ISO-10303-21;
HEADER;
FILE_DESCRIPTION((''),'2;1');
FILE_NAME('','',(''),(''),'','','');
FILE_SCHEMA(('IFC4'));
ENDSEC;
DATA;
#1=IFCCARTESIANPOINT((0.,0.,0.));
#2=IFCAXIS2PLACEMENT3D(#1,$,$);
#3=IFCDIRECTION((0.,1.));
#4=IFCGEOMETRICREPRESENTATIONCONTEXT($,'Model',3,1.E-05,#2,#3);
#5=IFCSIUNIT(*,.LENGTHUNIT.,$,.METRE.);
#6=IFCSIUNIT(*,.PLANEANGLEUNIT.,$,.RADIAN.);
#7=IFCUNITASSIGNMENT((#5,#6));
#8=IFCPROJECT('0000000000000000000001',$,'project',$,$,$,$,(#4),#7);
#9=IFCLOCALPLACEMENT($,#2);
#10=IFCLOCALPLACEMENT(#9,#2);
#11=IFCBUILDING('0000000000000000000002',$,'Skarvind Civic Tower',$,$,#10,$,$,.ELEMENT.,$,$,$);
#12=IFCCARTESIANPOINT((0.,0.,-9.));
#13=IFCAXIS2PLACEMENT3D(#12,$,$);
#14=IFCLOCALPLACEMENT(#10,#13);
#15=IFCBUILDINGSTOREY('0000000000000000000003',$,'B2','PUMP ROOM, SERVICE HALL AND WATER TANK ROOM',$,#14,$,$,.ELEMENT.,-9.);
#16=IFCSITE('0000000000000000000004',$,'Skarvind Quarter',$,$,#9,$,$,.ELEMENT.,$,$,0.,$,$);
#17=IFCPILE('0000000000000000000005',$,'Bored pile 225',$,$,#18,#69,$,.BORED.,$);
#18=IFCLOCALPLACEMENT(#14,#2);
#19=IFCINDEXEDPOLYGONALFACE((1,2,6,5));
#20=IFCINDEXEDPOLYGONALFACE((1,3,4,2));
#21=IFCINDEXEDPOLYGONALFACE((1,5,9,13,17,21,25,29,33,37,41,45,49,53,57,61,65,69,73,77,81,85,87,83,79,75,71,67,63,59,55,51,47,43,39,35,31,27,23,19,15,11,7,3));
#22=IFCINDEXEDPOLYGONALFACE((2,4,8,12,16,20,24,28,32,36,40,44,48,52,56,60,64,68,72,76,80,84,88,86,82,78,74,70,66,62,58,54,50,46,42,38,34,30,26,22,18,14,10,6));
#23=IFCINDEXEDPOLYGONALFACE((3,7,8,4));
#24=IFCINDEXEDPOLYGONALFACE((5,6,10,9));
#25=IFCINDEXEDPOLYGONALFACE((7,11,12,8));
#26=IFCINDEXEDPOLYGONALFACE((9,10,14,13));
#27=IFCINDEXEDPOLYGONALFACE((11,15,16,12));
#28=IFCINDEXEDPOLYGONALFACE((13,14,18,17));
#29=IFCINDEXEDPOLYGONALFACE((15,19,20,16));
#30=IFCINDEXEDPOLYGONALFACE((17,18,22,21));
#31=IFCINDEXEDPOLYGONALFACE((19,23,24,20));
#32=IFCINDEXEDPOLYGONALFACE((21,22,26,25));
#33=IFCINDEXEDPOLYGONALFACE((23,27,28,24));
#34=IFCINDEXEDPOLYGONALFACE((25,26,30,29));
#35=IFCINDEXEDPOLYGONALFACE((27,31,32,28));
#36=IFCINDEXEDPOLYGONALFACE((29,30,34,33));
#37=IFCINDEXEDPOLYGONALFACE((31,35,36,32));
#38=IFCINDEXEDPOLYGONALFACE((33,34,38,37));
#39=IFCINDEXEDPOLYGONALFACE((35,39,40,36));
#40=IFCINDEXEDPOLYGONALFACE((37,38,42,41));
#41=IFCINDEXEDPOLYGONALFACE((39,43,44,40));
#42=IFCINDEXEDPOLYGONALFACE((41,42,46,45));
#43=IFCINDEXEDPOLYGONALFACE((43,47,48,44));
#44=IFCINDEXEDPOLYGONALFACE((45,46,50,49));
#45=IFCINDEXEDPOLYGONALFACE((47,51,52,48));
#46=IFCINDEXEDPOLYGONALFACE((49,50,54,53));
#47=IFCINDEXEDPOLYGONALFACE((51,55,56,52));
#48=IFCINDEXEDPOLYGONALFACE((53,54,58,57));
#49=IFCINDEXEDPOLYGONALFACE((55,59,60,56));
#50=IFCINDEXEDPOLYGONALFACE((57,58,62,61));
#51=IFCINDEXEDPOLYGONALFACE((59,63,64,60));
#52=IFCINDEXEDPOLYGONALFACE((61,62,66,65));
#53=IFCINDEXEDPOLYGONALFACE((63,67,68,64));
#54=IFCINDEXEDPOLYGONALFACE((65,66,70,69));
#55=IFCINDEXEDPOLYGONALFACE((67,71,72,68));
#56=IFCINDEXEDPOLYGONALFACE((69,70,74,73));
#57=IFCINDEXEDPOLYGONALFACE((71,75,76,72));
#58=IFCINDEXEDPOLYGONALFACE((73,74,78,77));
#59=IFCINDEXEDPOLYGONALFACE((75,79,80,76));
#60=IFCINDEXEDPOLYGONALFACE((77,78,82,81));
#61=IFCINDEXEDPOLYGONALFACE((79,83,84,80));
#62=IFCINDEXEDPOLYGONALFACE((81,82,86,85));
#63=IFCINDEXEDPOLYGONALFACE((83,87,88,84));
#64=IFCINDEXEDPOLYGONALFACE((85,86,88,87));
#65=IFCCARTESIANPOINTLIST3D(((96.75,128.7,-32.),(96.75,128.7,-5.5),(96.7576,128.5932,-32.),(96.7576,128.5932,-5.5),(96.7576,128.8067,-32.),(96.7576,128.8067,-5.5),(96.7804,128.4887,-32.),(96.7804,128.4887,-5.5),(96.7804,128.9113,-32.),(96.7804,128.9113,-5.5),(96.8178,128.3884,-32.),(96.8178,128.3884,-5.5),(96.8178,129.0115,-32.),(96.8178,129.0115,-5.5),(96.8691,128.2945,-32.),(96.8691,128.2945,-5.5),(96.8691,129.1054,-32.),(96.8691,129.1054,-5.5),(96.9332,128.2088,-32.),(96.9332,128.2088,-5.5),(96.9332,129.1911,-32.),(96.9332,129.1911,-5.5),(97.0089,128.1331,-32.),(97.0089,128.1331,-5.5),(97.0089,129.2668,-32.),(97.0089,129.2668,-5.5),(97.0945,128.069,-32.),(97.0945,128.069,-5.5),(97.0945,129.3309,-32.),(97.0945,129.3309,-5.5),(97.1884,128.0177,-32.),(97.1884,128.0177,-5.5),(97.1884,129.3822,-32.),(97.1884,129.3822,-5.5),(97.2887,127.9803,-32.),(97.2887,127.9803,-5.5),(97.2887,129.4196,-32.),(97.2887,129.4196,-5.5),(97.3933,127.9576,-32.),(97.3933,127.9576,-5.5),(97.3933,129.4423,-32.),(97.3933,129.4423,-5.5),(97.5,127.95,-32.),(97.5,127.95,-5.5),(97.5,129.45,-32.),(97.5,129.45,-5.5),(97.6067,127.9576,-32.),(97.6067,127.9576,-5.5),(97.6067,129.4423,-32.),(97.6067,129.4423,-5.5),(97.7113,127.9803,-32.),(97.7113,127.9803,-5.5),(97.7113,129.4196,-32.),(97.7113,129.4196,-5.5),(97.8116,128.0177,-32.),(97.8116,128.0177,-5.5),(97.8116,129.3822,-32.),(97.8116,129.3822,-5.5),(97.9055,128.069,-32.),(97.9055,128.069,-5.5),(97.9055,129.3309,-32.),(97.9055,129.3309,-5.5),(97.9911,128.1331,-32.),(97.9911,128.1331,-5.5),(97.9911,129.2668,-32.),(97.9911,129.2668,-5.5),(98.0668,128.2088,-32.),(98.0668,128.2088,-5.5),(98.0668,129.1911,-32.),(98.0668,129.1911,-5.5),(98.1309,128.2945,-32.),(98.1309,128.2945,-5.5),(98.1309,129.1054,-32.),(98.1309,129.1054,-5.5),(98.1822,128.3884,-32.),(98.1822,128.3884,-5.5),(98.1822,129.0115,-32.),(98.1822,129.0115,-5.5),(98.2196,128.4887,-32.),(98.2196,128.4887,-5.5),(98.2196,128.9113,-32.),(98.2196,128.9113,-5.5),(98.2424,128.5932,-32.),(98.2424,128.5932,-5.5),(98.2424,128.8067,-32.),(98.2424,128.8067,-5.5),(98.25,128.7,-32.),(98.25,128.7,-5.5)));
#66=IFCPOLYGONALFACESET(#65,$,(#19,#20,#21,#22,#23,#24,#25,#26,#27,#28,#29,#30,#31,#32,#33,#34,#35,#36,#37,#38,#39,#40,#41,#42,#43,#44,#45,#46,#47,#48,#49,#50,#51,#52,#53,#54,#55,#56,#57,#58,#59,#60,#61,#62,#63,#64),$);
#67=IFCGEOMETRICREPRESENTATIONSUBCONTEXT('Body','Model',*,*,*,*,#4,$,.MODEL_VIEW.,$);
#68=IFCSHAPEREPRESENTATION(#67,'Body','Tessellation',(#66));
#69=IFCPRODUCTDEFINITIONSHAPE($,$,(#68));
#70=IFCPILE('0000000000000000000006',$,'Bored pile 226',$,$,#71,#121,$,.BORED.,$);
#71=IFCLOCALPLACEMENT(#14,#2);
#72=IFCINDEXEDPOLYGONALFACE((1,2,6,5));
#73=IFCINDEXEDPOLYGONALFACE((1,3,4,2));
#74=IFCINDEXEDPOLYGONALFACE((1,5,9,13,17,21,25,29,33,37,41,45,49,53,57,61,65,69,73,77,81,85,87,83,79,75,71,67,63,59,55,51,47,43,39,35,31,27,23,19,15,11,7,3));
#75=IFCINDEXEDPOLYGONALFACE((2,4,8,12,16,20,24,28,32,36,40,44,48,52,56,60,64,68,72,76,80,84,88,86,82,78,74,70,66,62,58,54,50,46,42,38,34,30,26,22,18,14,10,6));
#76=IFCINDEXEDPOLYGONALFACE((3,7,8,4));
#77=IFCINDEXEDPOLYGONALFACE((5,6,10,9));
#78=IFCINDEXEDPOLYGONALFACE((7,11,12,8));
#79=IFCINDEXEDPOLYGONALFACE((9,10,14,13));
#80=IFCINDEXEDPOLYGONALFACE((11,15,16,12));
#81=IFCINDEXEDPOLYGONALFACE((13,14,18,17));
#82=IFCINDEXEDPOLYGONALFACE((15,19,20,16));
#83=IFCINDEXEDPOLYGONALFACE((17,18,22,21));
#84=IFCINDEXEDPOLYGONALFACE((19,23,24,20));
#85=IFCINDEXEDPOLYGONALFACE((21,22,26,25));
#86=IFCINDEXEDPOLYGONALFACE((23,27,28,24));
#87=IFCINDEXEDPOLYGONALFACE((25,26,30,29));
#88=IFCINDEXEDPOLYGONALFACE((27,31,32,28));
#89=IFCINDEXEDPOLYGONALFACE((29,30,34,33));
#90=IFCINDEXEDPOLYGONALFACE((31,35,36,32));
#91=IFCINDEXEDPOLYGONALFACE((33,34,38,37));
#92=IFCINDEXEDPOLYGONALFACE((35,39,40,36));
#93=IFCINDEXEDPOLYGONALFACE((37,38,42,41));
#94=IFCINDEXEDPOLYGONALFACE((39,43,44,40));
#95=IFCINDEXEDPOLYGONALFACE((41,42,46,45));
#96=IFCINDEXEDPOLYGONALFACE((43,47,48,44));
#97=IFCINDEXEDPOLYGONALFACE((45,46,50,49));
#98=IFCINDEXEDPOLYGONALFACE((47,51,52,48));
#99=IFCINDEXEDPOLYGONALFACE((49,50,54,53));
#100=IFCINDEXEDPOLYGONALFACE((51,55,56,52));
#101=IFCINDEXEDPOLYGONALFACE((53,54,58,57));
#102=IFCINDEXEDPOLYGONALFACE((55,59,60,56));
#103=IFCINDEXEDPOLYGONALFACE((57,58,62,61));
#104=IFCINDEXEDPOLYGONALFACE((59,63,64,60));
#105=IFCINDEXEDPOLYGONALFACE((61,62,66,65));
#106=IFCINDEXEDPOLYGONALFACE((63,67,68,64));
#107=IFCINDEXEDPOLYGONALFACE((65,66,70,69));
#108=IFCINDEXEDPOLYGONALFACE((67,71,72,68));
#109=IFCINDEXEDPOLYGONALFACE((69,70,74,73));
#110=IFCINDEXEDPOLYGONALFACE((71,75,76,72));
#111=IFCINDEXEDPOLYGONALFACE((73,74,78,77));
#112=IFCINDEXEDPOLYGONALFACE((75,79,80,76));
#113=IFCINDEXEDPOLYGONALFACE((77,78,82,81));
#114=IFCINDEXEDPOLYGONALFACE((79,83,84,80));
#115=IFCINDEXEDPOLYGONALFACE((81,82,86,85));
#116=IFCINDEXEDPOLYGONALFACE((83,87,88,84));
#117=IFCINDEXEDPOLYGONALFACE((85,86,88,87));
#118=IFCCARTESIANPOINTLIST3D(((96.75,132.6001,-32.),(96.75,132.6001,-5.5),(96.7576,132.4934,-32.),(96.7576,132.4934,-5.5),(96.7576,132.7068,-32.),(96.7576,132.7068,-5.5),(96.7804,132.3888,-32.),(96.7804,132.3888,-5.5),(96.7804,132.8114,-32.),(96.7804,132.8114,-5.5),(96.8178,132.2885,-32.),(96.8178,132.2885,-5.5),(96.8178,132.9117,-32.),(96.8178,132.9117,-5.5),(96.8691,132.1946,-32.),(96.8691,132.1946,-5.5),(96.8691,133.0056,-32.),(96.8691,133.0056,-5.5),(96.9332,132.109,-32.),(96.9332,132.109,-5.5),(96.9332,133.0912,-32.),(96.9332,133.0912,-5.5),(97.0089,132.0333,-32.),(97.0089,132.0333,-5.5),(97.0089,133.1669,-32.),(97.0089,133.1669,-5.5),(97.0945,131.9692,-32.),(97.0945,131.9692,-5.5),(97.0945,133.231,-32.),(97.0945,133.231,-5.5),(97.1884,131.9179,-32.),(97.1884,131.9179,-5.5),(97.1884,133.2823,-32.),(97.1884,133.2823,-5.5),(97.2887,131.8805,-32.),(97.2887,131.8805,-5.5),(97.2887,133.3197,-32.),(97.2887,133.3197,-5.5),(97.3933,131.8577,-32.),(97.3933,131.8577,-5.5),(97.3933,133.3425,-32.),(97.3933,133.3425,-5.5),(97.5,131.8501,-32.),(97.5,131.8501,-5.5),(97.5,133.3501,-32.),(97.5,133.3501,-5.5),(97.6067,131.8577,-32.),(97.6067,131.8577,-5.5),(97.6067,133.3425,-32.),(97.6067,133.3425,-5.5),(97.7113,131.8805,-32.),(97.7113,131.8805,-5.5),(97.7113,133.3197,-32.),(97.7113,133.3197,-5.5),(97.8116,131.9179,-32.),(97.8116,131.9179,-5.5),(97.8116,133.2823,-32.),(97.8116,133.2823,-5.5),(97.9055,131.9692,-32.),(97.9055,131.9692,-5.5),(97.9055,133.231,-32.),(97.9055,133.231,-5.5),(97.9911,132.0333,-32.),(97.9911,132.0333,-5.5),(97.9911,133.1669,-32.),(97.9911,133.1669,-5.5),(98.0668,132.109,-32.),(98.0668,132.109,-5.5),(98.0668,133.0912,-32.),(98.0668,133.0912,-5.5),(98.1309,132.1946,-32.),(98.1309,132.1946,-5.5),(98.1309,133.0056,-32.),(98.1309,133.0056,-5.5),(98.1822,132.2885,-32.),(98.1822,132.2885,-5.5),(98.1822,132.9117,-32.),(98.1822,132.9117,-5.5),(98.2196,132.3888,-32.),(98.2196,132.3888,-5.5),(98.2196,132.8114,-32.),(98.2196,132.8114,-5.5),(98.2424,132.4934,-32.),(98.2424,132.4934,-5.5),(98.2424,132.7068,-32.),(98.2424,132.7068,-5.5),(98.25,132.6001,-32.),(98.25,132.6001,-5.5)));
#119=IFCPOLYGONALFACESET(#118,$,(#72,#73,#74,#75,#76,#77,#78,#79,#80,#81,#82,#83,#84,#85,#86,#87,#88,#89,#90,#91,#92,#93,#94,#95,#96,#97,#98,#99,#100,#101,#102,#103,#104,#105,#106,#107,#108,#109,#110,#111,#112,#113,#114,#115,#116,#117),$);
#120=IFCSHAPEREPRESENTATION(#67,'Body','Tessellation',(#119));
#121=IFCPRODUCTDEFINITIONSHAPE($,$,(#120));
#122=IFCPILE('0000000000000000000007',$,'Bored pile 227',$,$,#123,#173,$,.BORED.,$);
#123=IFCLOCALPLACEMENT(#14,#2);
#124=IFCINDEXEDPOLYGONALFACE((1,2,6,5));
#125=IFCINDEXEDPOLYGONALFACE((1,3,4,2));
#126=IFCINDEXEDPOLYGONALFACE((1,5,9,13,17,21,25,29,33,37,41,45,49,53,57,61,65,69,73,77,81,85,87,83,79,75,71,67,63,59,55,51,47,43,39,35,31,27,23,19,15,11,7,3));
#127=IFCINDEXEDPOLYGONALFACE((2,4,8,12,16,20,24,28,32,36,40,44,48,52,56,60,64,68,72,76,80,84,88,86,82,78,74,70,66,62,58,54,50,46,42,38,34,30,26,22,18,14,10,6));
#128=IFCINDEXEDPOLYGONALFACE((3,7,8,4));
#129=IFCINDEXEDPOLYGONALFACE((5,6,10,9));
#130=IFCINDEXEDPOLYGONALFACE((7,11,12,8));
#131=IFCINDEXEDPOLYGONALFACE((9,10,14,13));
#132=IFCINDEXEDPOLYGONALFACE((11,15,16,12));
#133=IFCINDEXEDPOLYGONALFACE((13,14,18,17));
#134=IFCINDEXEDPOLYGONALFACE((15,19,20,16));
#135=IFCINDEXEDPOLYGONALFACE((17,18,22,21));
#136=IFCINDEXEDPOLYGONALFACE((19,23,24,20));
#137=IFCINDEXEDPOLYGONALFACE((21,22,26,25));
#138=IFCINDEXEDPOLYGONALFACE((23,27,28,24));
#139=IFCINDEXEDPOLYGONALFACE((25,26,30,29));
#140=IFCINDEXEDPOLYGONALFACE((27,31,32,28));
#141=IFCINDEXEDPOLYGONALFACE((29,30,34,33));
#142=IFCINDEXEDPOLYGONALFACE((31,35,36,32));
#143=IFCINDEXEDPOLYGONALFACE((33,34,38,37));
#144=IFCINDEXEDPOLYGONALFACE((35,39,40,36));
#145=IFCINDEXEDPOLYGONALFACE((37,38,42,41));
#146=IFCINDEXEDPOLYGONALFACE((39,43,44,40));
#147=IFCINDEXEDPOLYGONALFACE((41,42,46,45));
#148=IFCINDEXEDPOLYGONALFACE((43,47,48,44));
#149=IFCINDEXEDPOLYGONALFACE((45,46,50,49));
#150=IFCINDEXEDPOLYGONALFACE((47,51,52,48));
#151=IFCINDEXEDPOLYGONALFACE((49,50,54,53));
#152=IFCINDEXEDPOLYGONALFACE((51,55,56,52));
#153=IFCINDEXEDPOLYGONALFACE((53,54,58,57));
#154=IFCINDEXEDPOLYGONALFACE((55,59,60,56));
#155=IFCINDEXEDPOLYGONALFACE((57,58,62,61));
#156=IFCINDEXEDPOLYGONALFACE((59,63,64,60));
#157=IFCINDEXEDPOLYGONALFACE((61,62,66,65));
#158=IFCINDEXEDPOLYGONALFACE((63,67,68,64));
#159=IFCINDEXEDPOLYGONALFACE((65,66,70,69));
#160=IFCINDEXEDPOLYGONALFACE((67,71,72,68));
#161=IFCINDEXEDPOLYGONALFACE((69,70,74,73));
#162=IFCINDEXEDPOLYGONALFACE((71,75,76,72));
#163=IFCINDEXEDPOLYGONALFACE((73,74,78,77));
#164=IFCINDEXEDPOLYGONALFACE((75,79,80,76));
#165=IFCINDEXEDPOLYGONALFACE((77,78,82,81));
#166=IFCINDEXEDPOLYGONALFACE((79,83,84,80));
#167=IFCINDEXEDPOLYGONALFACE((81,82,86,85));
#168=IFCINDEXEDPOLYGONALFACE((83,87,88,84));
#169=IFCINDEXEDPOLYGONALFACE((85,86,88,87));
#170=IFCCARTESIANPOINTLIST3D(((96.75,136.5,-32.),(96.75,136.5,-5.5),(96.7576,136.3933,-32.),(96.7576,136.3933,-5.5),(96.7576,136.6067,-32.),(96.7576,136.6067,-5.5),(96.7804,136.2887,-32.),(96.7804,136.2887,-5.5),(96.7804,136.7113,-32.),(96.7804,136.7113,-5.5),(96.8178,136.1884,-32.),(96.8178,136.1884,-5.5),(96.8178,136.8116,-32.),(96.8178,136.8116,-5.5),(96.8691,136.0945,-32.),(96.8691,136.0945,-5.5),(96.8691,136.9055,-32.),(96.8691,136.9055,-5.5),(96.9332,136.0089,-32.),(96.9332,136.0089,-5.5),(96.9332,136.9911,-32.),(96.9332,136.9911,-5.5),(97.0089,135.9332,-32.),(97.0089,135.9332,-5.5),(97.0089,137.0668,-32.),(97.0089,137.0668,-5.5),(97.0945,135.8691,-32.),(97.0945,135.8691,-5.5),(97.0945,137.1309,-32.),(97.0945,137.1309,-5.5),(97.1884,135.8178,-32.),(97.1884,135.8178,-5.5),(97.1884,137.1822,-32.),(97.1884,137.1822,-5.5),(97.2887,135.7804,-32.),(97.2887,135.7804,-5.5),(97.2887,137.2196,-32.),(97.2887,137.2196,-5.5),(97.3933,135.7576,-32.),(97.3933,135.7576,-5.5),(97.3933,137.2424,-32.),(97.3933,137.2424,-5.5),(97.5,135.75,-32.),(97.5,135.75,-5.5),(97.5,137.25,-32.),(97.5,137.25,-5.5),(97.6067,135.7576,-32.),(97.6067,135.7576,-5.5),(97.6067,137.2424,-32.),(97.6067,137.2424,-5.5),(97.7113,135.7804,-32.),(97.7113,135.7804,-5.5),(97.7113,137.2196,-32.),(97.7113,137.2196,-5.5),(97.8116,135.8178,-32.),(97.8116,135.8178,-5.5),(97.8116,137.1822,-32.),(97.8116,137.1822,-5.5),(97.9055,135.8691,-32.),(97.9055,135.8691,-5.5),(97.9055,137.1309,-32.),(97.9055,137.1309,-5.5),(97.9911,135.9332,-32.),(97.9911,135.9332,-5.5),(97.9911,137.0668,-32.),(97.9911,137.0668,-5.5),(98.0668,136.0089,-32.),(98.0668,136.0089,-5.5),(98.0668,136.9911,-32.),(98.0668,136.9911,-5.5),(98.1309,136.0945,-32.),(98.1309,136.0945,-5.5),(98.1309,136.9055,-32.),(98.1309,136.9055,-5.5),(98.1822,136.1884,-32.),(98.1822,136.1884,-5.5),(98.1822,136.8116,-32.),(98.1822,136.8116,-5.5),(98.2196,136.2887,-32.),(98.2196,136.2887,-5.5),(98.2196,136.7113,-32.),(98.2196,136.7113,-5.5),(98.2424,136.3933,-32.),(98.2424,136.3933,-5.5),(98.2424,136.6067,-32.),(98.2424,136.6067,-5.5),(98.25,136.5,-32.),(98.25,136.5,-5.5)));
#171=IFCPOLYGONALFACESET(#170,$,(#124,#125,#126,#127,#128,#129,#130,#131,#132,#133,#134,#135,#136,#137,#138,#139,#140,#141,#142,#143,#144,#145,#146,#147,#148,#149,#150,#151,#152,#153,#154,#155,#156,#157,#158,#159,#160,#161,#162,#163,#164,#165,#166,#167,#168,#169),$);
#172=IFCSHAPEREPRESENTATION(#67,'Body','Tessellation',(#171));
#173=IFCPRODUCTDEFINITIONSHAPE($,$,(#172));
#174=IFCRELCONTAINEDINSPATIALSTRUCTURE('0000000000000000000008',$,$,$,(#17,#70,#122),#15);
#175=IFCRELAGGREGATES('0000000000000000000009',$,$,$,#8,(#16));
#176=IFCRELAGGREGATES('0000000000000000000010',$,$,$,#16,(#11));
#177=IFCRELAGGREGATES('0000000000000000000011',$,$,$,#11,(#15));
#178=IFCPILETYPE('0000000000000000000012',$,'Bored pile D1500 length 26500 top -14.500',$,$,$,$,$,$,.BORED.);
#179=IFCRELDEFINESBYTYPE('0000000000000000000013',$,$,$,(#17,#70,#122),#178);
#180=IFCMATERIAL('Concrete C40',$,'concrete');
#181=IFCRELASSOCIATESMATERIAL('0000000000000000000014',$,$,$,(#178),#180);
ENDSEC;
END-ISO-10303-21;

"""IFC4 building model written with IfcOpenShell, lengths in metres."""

from ifc_helpers import new_model, si_unit, direction, frame, origin, origin_2d, place, context, subcontext, project, spatial, circle, extrude, material, type_object, element, save


model = new_model("IFC4")

# Units and contexts
model_context = context("Model", 3, precision=1e-05, world=origin(), true_north=direction((0.0, 1.0)))
body_context = subcontext(model_context, "Body", "Model", "MODEL_VIEW")
ifc_project = project(units=[si_unit("LENGTHUNIT", "METRE"), si_unit("PLANEANGLEUNIT", "RADIAN")], contexts=[model_context])

# Site, building, storey
site_placement = place(None, origin())
site = spatial("IfcSite", under=ifc_project, at=site_placement, Name="Skarvind Quarter", CompositionType="ELEMENT", RefElevation=0.0)
building_placement = place(site_placement, origin())
building = spatial("IfcBuilding", under=site, at=building_placement, Name="Skarvind Civic Tower", CompositionType="ELEMENT")
storey_placement = place(building_placement, frame((0.0, 0.0, -9.0)))
storey = spatial("IfcBuildingStorey", under=building, at=storey_placement, Name="B2", Description="PUMP ROOM, SERVICE HALL AND WATER TANK ROOM", CompositionType="ELEMENT", Elevation=-9.0)

# Piles
ifc_material_1 = material(Name="Concrete C40", Category="concrete")
pile_type_1 = type_object("IfcPileType", Name="Bored pile D1500 length 26500 top -14.500", PredefinedType="BORED", material=ifc_material_1)
for number, where, z_axis, x_axis, name in (
    (1, (97.5, 128.7, -5.5), (0.0, 0.0, -1.0), (1.0, 0.0, 0.0), "Bored pile 225"),
    (2, (97.5, 132.6001, -5.5), (0.0, 0.0, -1.0), (1.0, 0.0, 0.0), "Bored pile 226"),
    (3, (97.5, 136.5, -5.5), (0.0, 0.0, -1.0), (1.0, 0.0, 0.0), "Bored pile 227"),
):
    element("IfcPile", number, at=place(storey_placement, frame(where, z_axis=z_axis, x_axis=x_axis)), inside=storey, type_object=pile_type_1, Name=name, PredefinedType="BORED", context=body_context, shape_type="SweptSolid", body=[
        extrude(circle(Radius=0.75, at=origin_2d()), origin(), (0.0, 0.0, 1.0), 26.5),
    ])

save(model, "model.ifc")
